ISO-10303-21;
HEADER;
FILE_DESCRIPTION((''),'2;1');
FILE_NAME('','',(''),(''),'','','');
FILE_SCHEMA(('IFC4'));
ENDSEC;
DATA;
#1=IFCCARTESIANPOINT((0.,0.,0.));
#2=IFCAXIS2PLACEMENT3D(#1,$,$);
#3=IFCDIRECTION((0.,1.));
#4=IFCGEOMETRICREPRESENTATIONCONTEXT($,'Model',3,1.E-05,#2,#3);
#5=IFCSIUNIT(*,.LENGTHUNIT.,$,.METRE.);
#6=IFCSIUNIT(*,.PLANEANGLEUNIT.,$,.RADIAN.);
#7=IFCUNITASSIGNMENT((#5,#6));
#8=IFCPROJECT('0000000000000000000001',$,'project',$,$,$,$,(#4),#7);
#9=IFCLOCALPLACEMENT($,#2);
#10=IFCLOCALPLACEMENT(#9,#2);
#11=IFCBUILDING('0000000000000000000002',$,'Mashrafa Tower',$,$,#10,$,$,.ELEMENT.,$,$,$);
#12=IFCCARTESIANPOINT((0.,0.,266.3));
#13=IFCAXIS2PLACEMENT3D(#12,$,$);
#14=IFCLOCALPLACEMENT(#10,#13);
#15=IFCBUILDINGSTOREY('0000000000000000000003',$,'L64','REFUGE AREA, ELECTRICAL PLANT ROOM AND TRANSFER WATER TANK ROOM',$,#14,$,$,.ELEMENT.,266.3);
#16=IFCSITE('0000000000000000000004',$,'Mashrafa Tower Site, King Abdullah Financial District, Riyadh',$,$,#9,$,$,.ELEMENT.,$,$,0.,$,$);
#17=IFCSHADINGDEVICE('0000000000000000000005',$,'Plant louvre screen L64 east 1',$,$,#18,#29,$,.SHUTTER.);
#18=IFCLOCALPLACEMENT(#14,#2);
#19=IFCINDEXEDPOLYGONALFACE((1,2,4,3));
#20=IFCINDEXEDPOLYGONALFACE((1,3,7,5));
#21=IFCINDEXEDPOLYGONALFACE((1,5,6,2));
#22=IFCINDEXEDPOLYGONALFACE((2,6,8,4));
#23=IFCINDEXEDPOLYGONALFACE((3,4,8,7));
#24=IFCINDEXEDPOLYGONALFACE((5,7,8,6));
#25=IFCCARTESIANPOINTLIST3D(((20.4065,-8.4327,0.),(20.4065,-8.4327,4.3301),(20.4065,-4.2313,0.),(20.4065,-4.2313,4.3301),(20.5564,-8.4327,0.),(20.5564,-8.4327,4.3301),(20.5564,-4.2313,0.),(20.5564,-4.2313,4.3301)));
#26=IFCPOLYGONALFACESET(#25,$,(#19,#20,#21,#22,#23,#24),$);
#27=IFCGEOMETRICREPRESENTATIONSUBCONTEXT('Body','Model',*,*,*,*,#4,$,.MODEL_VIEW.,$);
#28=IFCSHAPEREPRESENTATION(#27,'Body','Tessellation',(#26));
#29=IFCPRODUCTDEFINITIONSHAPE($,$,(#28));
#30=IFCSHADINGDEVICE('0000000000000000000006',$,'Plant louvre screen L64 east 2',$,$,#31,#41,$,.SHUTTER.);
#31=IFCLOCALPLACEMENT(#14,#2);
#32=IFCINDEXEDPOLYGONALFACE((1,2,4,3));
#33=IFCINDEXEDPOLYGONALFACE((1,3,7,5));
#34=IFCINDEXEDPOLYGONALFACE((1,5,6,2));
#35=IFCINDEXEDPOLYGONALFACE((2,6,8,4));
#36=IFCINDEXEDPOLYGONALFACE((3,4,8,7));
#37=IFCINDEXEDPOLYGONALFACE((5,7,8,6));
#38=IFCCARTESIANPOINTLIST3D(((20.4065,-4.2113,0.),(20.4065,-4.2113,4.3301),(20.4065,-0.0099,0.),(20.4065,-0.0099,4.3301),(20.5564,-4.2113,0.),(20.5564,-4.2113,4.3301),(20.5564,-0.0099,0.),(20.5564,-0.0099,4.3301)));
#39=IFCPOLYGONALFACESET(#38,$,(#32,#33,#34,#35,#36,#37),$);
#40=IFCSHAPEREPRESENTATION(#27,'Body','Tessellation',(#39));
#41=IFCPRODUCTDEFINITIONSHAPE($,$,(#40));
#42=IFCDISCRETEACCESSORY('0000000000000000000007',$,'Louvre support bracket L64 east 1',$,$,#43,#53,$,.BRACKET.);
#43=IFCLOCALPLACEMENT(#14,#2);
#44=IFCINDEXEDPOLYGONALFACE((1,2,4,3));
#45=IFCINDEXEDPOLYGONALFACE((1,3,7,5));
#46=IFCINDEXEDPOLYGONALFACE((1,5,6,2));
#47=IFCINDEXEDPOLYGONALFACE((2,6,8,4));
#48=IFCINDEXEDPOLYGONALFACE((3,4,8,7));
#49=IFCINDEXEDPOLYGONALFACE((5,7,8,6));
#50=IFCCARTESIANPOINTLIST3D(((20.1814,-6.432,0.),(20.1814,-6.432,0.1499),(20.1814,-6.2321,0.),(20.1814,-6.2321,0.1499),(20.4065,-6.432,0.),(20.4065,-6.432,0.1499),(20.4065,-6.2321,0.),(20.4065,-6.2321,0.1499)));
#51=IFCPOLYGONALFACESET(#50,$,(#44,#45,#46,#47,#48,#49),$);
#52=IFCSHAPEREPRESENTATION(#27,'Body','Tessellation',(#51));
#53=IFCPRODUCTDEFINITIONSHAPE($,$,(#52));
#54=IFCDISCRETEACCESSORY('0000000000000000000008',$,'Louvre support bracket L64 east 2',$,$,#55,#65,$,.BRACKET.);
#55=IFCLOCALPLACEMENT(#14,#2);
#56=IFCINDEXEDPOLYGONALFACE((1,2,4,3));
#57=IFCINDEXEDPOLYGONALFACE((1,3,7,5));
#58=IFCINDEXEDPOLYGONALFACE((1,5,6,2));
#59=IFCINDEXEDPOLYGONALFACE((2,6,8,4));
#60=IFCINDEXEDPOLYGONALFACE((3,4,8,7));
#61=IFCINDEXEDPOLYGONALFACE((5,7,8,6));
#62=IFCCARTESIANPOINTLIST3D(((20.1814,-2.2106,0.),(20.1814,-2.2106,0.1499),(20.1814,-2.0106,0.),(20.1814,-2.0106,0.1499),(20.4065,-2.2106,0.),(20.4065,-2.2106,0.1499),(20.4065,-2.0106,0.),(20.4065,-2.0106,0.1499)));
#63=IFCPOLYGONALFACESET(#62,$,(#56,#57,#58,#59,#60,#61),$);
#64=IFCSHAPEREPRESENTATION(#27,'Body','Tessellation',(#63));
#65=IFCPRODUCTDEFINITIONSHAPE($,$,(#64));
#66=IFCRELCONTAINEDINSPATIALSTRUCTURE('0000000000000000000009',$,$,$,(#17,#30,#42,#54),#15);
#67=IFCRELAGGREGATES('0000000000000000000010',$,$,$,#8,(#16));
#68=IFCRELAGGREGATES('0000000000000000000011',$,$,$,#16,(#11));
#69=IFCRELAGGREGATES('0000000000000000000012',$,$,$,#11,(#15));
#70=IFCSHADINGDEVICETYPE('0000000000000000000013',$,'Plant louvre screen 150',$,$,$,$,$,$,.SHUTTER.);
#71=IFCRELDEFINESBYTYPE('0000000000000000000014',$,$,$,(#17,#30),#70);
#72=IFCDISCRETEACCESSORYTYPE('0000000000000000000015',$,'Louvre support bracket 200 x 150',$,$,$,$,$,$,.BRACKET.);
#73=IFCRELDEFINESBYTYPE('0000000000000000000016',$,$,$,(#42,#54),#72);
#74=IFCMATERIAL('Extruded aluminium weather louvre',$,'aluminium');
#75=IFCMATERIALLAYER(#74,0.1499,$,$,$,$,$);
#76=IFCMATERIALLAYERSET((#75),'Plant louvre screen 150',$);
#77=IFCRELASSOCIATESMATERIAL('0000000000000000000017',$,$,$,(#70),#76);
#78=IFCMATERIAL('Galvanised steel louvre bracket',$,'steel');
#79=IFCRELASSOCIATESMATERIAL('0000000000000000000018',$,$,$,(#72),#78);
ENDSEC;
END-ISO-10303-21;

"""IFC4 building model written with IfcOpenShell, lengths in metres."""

from ifc_helpers import new_model, si_unit, direction, frame, origin, origin_2d, place, context, subcontext, project, spatial, rectangle, extrude, source, transform, mapped, material, layer, layer_set, type_object, type_shapes, element, save


model = new_model("IFC4")

# Units and contexts
model_context = context("Model", 3, precision=1e-05, world=origin(), true_north=direction((0.0, 1.0)))
body_context = subcontext(model_context, "Body", "Model", "MODEL_VIEW")
ifc_project = project(units=[si_unit("LENGTHUNIT", "METRE"), si_unit("PLANEANGLEUNIT", "RADIAN")], contexts=[model_context])

# Site, building, storey
site_placement = place(None, origin())
site = spatial("IfcSite", under=ifc_project, at=site_placement, Name="Mashrafa Tower Site, King Abdullah Financial District, Riyadh", CompositionType="ELEMENT", RefElevation=0.0)
building_placement = place(site_placement, origin())
building = spatial("IfcBuilding", under=site, at=building_placement, Name="Mashrafa Tower", CompositionType="ELEMENT")
storey_placement = place(building_placement, frame((0.0, 0.0, 266.3)))
storey = spatial("IfcBuildingStorey", under=building, at=storey_placement, Name="L64", Description="REFUGE AREA, ELECTRICAL PLANT ROOM AND TRANSFER WATER TANK ROOM", CompositionType="ELEMENT", Elevation=266.3)

# Shading devices
ifc_material_1 = material(Name="Extruded aluminium weather louvre", Category="aluminium")
ifc_layer = layer(ifc_material_1, 0.1499)
ifc_layer_set = layer_set([ifc_layer], Name="Plant louvre screen 150")
shading_device_type = type_object("IfcShadingDeviceType", Name="Plant louvre screen 150", PredefinedType="SHUTTER", material=ifc_layer_set)
shared_shape_1 = source(origin(), body_context, "Body", "SweptSolid", [
    extrude(rectangle(XDim=4.2014, YDim=0.1499, at=origin_2d()), origin(), (0.0, 0.0, 1.0), 4.3301),
])
type_shapes(shading_device_type, [shared_shape_1])
for number, where, z_axis, x_axis, name in (
    (1, (20.4814, -6.332, 0.0), (0.0, 0.0, 1.0), (0.0, 1.0, 0.0), "Plant louvre screen L64 east 1"),
    (2, (20.4814, -2.1106, 0.0), (0.0, 0.0, 1.0), (0.0, 1.0, 0.0), "Plant louvre screen L64 east 2"),
):
    element("IfcShadingDevice", number, at=place(storey_placement, frame(where, z_axis=z_axis, x_axis=x_axis)), inside=storey, type_object=shading_device_type, Name=name, PredefinedType="SHUTTER", context=body_context, shape_type="MappedRepresentation", body=[
        mapped(shared_shape_1, transform((0.0, 0.0, 0.0))),
    ])

# Discrete accessories
ifc_material_2 = material(Name="Galvanised steel louvre bracket", Category="steel")
discrete_accessory_type = type_object("IfcDiscreteAccessoryType", Name="Louvre support bracket 200 x 150", PredefinedType="BRACKET", material=ifc_material_2)
shared_shape_2 = source(origin(), body_context, "Body", "SweptSolid", [
    extrude(rectangle(XDim=0.2, YDim=0.2251, at=origin_2d()), origin(), (0.0, 0.0, 1.0), 0.1499),
])
type_shapes(discrete_accessory_type, [shared_shape_2])
for number, where, z_axis, x_axis, name in (
    (3, (20.2939, -6.332, 0.0), (0.0, 0.0, 1.0), (0.0, 1.0, 0.0), "Louvre support bracket L64 east 1"),
    (4, (20.2939, -2.1106, 0.0), (0.0, 0.0, 1.0), (0.0, 1.0, 0.0), "Louvre support bracket L64 east 2"),
):
    element("IfcDiscreteAccessory", number, at=place(storey_placement, frame(where, z_axis=z_axis, x_axis=x_axis)), inside=storey, type_object=discrete_accessory_type, Name=name, PredefinedType="BRACKET", context=body_context, shape_type="MappedRepresentation", body=[
        mapped(shared_shape_2, transform((0.0, 0.0, 0.0))),
    ])

save(model, "model.ifc")
